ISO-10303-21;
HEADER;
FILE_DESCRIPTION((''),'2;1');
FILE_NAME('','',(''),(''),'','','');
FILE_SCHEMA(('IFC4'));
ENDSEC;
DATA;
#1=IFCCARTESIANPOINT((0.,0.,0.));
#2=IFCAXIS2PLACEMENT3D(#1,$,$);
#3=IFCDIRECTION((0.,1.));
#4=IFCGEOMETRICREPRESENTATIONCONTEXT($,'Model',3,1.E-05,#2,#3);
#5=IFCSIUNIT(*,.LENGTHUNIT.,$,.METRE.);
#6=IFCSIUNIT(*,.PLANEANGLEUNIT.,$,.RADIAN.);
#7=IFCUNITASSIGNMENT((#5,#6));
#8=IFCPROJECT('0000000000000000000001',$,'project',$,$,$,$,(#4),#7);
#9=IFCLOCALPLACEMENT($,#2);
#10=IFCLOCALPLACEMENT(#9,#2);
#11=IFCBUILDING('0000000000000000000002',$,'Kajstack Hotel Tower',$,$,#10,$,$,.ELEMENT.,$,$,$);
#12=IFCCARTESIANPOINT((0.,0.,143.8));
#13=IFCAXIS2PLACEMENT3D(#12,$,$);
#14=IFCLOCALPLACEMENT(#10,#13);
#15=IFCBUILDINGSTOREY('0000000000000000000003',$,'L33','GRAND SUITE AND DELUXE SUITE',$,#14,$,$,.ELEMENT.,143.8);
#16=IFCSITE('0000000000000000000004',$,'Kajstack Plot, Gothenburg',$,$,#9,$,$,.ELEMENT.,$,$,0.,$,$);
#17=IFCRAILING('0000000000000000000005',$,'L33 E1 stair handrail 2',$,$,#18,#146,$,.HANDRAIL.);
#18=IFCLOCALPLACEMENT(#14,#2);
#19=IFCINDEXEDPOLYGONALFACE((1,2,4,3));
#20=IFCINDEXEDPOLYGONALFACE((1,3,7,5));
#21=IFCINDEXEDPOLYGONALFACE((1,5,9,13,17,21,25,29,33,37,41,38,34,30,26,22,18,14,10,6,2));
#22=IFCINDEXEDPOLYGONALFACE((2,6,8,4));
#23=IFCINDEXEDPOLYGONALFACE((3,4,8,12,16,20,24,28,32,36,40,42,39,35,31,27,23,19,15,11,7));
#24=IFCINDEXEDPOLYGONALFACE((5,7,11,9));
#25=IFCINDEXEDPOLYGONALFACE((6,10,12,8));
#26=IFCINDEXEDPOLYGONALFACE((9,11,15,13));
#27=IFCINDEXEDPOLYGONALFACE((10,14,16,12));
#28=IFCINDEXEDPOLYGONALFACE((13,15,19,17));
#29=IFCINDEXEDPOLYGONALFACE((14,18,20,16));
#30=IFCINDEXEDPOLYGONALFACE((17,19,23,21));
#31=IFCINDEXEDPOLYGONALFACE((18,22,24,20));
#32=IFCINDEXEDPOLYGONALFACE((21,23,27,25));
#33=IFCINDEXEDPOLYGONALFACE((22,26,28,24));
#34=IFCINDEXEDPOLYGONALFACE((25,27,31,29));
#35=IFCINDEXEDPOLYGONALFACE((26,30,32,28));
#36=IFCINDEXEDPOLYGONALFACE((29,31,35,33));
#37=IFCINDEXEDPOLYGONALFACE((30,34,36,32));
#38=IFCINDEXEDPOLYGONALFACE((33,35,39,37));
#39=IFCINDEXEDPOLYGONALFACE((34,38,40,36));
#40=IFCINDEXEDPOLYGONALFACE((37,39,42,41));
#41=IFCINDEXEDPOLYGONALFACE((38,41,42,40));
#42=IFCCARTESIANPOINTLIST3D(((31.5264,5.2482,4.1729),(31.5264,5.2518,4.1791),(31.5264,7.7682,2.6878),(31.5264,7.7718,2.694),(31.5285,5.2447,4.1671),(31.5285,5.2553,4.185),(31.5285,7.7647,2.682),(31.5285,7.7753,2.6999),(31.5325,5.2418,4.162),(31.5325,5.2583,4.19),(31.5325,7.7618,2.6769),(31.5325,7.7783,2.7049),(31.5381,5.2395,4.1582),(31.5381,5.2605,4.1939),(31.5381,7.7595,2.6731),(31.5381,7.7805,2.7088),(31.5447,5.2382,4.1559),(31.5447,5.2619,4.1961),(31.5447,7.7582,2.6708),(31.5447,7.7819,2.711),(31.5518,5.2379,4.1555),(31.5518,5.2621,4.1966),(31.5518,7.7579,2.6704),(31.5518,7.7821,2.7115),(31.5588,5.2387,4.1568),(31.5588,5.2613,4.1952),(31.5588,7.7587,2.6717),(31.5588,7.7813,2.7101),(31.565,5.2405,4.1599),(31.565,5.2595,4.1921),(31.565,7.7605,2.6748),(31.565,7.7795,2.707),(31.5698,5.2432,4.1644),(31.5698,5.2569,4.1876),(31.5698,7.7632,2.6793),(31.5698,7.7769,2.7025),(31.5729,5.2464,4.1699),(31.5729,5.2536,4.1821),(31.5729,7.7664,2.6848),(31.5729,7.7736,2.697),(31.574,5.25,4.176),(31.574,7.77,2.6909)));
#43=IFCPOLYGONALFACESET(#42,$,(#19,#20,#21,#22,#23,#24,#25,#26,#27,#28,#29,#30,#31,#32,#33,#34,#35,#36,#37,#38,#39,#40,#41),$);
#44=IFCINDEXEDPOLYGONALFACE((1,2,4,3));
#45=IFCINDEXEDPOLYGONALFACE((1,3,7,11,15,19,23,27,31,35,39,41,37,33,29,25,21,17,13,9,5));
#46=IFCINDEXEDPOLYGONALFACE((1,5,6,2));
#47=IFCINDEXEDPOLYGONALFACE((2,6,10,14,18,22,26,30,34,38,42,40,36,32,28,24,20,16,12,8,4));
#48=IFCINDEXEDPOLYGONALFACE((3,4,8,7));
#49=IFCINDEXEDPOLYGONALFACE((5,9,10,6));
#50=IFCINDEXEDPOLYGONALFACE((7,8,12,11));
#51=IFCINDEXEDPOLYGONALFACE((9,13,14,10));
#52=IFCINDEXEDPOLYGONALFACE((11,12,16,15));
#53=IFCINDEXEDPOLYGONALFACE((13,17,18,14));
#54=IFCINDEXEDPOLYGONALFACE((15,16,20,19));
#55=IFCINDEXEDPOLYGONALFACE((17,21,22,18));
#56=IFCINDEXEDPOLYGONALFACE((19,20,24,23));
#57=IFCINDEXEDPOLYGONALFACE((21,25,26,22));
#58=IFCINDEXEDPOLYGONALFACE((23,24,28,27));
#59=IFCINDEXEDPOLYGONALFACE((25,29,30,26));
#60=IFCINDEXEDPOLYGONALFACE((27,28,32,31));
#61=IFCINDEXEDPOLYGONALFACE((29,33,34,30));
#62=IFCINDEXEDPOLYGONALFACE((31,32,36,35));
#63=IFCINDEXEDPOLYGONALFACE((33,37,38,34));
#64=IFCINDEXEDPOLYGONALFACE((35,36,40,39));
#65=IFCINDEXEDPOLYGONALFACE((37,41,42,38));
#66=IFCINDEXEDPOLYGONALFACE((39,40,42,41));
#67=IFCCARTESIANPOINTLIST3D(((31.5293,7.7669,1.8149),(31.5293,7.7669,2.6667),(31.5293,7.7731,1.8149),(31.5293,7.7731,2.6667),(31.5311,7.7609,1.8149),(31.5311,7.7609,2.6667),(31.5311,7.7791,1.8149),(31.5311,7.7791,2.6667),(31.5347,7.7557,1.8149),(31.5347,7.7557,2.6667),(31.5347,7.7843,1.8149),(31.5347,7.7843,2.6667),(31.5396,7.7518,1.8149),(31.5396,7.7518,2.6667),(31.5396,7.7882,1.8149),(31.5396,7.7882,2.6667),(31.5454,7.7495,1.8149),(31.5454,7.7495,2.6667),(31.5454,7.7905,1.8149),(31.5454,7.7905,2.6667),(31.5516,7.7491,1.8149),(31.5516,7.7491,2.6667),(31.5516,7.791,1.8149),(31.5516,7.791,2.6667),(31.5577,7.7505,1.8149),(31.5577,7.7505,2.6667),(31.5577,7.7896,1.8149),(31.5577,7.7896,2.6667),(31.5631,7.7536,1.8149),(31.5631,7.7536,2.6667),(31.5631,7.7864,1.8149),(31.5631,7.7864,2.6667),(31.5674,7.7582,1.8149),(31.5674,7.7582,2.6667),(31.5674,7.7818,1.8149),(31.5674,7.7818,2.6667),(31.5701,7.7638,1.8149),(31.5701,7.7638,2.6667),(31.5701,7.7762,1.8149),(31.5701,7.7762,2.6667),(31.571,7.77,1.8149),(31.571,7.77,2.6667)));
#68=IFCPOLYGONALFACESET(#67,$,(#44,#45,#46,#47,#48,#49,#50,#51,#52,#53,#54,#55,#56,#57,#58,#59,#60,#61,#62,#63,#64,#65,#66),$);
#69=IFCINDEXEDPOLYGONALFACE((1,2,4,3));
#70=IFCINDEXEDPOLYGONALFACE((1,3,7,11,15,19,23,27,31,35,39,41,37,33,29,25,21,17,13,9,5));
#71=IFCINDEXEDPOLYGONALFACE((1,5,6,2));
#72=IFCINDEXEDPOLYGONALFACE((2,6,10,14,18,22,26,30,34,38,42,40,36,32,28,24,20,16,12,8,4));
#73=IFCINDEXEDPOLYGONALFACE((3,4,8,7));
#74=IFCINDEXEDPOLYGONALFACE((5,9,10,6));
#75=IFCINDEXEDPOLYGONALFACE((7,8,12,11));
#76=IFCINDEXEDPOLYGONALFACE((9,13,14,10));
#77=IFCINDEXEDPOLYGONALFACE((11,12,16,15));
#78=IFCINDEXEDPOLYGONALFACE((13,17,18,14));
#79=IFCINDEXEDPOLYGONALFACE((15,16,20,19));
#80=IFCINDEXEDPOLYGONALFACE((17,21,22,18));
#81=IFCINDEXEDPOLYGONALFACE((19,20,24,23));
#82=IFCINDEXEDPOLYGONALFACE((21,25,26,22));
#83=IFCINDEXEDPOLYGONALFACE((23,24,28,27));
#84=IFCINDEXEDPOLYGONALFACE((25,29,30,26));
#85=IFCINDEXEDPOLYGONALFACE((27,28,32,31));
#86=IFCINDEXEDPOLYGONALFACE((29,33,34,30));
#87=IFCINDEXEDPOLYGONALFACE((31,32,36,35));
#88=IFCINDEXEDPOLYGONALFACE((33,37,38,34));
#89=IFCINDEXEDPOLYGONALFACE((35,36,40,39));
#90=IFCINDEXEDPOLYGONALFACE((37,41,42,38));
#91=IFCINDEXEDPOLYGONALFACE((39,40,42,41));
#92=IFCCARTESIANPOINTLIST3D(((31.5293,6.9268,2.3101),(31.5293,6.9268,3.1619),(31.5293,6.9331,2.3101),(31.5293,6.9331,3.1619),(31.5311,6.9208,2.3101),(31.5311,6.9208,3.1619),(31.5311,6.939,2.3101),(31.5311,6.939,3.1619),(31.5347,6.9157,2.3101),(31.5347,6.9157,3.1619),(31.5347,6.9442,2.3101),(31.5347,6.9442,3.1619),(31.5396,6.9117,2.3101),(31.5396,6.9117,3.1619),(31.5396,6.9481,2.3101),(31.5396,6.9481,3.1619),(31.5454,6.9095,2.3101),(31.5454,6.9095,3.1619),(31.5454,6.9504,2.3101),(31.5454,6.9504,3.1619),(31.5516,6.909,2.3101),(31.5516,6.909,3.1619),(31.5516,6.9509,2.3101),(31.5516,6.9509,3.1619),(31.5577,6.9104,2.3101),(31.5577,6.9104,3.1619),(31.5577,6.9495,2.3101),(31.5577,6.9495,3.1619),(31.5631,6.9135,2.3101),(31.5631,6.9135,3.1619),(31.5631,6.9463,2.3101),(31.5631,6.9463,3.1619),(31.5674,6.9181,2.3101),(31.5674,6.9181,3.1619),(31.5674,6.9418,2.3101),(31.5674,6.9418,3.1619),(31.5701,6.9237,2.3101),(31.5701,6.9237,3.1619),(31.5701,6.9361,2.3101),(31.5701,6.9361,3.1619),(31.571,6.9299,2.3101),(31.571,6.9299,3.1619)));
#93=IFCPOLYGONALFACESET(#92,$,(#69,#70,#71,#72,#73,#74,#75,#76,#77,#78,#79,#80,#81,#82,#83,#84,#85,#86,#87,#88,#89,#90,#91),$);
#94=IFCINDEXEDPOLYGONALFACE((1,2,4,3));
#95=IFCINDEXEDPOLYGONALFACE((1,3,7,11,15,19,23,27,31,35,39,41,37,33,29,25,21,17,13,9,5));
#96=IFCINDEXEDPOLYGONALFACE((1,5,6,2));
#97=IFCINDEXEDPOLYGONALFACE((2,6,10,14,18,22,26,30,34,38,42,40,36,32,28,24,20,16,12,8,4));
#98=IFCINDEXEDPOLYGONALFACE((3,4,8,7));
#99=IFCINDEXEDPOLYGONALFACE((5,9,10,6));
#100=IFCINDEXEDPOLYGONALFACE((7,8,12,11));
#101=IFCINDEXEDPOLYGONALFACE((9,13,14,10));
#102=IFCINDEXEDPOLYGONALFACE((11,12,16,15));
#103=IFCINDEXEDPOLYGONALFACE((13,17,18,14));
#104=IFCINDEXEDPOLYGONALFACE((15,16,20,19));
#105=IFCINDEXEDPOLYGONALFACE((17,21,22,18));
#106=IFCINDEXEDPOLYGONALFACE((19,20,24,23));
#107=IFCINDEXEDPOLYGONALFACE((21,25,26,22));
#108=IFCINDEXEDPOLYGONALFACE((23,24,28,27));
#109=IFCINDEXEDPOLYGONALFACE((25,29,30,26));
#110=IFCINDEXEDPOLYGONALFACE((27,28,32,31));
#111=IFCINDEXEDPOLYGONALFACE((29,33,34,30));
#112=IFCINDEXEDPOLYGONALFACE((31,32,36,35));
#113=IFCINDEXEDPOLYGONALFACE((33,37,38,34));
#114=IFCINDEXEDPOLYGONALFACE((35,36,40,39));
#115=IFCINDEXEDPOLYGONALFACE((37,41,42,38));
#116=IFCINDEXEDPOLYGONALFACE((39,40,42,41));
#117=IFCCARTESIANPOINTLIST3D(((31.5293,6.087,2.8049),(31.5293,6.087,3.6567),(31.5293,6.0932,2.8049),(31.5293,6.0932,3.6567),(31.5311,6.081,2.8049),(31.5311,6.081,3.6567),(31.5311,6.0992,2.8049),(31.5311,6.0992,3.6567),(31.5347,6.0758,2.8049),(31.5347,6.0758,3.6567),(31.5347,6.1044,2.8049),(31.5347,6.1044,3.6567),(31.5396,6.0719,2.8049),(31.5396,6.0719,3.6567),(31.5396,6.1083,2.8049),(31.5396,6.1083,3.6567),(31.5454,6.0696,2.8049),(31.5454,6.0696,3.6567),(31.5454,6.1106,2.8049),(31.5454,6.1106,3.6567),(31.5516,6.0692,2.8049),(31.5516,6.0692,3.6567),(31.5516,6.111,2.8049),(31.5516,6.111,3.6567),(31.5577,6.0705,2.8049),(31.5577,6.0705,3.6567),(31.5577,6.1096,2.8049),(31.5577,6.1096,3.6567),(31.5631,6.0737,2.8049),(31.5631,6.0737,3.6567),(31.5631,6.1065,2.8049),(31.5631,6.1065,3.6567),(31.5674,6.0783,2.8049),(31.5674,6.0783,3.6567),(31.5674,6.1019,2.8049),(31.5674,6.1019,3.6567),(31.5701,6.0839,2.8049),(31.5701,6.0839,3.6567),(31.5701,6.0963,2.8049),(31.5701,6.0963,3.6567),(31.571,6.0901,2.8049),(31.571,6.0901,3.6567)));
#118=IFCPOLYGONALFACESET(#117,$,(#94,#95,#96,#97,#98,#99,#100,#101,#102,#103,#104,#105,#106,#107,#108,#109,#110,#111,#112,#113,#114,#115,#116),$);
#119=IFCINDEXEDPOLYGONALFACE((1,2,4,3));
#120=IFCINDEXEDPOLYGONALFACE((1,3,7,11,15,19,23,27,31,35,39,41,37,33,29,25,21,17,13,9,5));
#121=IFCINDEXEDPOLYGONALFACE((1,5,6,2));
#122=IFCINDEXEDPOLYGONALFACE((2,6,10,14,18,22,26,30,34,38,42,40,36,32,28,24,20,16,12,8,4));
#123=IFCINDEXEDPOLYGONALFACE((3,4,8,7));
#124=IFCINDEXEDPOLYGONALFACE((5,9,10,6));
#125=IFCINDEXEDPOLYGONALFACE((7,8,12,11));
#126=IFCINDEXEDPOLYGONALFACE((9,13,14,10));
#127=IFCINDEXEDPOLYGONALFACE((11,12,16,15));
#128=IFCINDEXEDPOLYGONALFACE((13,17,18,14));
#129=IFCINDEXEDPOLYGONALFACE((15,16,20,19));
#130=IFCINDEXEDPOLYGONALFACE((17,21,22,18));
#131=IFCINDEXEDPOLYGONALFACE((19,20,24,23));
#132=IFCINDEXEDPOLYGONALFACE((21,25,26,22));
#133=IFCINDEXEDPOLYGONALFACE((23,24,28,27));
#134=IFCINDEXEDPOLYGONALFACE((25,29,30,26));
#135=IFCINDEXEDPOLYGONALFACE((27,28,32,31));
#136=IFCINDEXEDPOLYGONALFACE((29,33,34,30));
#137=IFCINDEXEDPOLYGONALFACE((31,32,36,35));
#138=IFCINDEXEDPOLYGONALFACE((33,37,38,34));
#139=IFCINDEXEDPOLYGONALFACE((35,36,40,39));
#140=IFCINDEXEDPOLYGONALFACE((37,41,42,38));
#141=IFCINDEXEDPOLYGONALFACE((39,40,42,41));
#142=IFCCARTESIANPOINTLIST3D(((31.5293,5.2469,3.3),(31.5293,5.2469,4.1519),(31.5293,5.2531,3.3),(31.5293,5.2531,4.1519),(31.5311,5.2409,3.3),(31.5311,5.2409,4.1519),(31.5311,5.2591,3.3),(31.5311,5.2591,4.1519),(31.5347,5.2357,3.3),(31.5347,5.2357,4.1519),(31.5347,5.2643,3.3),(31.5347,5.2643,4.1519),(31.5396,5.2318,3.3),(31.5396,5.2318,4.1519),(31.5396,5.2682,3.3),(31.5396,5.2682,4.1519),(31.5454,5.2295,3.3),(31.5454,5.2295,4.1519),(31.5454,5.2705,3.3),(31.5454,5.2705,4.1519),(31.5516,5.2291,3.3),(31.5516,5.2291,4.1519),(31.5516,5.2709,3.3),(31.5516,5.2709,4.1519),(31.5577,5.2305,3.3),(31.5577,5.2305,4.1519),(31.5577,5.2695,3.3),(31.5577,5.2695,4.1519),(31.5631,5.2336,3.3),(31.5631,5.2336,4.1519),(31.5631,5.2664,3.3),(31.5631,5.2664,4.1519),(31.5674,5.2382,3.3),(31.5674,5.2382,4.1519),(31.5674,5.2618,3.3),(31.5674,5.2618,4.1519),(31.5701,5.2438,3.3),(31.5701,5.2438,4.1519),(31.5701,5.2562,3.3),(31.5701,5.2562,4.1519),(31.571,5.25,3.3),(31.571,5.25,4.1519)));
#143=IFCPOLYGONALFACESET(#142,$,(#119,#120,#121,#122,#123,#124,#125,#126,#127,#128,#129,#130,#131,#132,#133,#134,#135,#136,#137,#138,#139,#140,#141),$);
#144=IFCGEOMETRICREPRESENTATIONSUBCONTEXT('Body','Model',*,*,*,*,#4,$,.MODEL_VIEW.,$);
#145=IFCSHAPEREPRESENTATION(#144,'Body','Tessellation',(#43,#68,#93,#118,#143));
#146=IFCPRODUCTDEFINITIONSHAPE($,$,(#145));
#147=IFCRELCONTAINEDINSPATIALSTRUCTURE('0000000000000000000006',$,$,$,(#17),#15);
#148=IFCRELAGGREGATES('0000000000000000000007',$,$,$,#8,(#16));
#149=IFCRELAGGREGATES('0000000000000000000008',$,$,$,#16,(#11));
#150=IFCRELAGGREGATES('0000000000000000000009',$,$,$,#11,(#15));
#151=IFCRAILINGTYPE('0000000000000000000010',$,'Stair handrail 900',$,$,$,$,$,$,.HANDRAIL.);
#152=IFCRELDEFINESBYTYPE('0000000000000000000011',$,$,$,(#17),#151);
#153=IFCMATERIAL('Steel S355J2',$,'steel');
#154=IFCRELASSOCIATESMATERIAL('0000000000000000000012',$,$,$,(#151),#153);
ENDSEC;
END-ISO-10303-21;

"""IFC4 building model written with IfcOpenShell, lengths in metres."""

from ifc_helpers import new_model, si_unit, direction, frame, origin, origin_2d, place, context, subcontext, project, spatial, circle, extrude, material, type_object, element, save


model = new_model("IFC4")

# Units and contexts
model_context = context("Model", 3, precision=1e-05, world=origin(), true_north=direction((0.0, 1.0)))
body_context = subcontext(model_context, "Body", "Model", "MODEL_VIEW")
ifc_project = project(units=[si_unit("LENGTHUNIT", "METRE"), si_unit("PLANEANGLEUNIT", "RADIAN")], contexts=[model_context])

# Site, building, storey
site_placement = place(None, origin())
site = spatial("IfcSite", under=ifc_project, at=site_placement, Name="Kajstack Plot, Gothenburg", CompositionType="ELEMENT", RefElevation=0.0)
building_placement = place(site_placement, origin())
building = spatial("IfcBuilding", under=site, at=building_placement, Name="Kajstack Hotel Tower", CompositionType="ELEMENT")
storey_placement = place(building_placement, frame((0.0, 0.0, 143.8)))
storey = spatial("IfcBuildingStorey", under=building, at=storey_placement, Name="L33", Description="GRAND SUITE AND DELUXE SUITE", CompositionType="ELEMENT", Elevation=143.8)

# Railing
ifc_material_1 = material(Name="Steel S355J2", Category="steel")
railing_type_1 = type_object("IfcRailingType", Name="Stair handrail 900", PredefinedType="HANDRAIL", material=ifc_material_1)
railing_1_placement = place(storey_placement, frame((31.55, 7.77, 1.8149)))
element("IfcRailing", 1, at=railing_1_placement, inside=storey, type_object=railing_type_1, Name="L33 E1 stair handrail 2", PredefinedType="HANDRAIL", context=body_context, shape_type="SweptSolid", body=[
    extrude(circle(Radius=0.0239, at=origin_2d()), frame((0.0, 0.0, 0.876), z_axis=(0.0, -0.861524, 0.507717), x_axis=(1.0, 0.0, 0.0)), (0.0, 0.0, 1.0), 2.925),
    extrude(circle(Radius=0.021, at=origin_2d()), origin(), (0.0, 0.0, 1.0), 0.8518),
    extrude(circle(Radius=0.021, at=origin_2d()), frame((0.0, -0.8401, 0.4951)), (0.0, 0.0, 1.0), 0.8518),
    extrude(circle(Radius=0.021, at=origin_2d()), frame((0.0, -1.6799, 0.99)), (0.0, 0.0, 1.0), 0.8518),
    extrude(circle(Radius=0.021, at=origin_2d()), frame((0.0, -2.52, 1.4851)), (0.0, 0.0, 1.0), 0.8518),
])

save(model, "model.ifc")
